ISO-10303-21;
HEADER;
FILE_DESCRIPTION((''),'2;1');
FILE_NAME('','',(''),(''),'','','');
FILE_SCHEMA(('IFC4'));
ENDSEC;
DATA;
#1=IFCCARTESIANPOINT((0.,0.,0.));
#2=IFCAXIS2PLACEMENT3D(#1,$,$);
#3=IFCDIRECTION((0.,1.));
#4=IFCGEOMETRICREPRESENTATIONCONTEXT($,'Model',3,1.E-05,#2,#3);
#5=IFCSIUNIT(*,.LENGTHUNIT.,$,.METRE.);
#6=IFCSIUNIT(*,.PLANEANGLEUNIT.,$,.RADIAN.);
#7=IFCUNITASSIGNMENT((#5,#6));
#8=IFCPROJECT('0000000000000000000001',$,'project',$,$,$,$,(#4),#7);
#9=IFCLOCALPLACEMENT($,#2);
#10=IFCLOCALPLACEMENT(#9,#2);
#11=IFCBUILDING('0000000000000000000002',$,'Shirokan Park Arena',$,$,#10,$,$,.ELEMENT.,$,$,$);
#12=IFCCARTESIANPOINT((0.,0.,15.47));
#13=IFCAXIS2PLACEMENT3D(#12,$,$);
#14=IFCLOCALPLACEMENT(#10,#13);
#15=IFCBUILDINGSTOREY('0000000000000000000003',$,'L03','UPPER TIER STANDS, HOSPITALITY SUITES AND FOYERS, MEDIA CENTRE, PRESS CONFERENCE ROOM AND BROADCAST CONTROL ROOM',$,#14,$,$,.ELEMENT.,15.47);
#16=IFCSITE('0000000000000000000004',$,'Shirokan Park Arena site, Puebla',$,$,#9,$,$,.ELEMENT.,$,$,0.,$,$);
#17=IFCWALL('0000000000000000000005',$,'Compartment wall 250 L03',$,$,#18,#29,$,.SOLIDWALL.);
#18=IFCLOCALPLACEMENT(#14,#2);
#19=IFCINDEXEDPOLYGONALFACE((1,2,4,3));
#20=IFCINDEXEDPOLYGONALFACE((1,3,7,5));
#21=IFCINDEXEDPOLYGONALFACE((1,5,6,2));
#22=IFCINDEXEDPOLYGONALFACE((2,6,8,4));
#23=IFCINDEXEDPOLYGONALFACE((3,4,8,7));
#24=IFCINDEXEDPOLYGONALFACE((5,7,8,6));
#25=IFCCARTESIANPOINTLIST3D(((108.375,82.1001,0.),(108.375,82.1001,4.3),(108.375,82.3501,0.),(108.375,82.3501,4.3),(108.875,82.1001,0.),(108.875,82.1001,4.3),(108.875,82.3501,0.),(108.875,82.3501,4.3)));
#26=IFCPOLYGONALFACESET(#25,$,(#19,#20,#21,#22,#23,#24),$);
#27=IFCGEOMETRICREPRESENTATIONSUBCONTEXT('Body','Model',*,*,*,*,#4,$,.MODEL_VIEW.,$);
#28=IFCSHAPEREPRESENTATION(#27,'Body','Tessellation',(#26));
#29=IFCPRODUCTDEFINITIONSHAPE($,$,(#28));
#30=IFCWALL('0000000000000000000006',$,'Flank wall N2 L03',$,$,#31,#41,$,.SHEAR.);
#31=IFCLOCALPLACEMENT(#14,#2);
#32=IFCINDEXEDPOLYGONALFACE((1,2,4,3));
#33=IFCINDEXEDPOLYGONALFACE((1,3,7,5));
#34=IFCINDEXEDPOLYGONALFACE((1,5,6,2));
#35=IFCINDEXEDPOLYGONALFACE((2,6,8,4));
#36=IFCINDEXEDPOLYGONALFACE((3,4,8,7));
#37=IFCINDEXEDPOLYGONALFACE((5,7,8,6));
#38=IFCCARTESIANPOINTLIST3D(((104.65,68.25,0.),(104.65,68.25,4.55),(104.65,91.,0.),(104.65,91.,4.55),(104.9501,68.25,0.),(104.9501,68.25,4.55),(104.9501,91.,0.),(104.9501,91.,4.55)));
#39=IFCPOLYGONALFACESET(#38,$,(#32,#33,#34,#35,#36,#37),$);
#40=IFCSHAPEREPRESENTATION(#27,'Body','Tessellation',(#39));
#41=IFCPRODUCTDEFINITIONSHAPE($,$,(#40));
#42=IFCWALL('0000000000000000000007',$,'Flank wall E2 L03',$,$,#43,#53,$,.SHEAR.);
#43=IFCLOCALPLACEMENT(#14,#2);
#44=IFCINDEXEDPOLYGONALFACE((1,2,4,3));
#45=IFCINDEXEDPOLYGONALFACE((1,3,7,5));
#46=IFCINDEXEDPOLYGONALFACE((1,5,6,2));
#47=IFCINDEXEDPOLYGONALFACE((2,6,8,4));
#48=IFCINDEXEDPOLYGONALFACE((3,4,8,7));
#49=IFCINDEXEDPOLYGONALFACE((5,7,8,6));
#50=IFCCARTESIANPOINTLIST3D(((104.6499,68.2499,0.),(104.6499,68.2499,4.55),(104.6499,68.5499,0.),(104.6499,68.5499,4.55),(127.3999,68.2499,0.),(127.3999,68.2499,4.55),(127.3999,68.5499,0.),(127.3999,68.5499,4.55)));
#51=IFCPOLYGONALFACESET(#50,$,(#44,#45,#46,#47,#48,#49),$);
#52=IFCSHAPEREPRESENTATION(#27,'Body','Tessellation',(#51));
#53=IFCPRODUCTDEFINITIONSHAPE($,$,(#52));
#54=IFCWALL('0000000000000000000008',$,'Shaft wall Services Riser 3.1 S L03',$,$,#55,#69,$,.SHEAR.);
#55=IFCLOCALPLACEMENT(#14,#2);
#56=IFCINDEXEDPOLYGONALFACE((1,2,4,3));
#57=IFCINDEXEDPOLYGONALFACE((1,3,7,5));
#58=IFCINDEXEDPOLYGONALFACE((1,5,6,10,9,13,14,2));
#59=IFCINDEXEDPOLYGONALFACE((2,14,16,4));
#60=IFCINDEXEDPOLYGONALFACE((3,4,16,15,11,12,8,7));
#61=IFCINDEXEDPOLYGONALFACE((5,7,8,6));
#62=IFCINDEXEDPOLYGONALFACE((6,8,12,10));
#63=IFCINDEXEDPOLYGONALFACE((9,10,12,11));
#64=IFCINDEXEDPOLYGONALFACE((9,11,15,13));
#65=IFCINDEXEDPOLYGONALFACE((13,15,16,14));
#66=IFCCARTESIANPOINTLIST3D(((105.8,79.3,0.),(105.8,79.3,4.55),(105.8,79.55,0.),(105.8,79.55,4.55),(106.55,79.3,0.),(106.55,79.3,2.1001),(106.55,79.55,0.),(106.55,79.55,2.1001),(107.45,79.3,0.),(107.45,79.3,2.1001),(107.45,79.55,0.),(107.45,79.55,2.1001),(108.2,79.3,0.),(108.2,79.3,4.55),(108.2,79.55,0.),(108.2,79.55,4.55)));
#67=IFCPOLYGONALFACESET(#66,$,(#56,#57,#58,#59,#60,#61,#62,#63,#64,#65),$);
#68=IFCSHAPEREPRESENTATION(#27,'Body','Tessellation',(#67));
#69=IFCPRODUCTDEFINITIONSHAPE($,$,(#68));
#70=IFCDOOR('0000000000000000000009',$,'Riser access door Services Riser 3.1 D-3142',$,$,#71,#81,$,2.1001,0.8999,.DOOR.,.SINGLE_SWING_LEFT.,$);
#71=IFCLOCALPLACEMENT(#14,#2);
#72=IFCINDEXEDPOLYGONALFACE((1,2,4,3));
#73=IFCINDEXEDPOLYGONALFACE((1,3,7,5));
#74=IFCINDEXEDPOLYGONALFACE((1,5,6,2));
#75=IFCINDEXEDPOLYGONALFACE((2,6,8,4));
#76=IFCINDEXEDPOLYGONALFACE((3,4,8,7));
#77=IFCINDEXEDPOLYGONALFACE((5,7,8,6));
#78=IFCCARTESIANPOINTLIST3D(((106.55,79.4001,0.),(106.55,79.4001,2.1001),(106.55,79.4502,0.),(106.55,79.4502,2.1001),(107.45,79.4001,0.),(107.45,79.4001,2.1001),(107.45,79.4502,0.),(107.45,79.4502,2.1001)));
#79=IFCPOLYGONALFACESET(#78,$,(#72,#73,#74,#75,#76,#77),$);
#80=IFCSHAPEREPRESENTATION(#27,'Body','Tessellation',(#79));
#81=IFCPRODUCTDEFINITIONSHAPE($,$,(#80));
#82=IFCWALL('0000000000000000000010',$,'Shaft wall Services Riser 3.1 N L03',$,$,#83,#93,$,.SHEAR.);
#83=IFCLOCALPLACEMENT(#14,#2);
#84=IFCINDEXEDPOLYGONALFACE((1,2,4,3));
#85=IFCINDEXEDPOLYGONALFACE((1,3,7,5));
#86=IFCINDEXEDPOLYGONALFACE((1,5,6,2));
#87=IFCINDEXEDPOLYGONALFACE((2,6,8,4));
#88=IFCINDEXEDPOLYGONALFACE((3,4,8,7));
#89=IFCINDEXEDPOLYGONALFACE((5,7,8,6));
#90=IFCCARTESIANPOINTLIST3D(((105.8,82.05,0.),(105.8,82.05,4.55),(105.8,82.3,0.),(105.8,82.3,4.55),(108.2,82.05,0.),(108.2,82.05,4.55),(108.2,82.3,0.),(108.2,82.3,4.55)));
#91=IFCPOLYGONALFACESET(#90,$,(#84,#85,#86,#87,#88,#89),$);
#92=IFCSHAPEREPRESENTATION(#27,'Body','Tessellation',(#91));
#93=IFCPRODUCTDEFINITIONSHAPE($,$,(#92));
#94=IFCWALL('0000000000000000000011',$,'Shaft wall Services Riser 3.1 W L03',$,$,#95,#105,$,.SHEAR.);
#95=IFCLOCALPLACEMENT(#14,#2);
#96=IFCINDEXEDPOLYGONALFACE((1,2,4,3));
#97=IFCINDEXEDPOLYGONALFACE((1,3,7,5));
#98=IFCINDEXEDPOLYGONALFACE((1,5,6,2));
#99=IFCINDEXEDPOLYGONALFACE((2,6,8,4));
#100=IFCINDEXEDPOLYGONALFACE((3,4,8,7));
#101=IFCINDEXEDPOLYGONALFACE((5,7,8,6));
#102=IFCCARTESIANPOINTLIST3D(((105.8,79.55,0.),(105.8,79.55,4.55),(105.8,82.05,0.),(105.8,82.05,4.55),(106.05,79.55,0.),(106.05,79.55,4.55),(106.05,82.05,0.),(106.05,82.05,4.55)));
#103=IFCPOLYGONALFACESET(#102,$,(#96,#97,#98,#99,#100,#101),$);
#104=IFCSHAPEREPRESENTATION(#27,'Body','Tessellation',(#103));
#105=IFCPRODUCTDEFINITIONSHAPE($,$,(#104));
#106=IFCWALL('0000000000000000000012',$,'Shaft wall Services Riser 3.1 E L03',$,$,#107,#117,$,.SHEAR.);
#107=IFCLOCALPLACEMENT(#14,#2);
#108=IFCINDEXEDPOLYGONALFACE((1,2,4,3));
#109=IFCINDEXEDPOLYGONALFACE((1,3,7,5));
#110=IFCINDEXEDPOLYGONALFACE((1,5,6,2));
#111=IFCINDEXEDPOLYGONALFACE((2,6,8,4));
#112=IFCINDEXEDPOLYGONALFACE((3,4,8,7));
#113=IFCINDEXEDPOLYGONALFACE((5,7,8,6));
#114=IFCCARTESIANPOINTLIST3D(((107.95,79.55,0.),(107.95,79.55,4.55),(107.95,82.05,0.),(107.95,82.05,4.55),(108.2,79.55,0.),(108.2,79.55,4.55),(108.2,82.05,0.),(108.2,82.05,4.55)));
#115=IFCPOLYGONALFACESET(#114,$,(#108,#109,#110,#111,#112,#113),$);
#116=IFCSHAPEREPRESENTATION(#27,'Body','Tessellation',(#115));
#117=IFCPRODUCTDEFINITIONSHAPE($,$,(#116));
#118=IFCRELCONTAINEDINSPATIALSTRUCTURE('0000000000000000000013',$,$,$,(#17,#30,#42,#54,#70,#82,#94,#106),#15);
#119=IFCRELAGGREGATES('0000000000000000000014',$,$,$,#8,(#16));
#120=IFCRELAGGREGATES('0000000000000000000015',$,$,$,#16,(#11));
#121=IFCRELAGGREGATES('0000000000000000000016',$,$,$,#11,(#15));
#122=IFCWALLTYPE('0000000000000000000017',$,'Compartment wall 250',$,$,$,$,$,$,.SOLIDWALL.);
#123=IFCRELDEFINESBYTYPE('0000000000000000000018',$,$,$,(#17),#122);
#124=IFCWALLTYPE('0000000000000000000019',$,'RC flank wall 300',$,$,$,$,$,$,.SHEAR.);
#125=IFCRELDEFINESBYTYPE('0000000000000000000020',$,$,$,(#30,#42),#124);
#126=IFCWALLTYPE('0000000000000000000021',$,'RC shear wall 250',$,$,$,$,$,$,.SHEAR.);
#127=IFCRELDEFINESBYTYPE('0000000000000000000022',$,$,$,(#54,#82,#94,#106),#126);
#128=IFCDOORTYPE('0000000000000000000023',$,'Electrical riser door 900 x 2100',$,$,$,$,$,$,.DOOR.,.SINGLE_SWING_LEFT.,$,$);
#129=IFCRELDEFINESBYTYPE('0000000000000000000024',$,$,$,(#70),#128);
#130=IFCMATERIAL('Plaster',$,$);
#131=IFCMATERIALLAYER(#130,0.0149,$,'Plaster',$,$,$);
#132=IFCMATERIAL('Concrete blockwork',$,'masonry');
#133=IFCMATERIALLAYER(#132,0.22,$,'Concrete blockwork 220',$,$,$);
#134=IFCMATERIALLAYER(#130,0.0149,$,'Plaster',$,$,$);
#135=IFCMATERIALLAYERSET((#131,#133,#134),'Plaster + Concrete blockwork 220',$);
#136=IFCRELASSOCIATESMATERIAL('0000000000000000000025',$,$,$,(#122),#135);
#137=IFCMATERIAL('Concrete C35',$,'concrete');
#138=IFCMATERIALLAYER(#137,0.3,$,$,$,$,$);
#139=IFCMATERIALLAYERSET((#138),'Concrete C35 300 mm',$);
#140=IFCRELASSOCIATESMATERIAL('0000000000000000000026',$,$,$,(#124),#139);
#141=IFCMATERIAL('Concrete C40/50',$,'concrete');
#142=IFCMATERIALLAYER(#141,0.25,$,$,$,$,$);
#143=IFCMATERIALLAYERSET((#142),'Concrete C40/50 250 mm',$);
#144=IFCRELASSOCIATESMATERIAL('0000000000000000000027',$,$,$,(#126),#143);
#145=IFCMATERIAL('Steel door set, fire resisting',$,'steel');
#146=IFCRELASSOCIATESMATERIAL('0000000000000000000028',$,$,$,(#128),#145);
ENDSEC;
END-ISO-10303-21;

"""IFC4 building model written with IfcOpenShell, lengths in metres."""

from ifc_helpers import new_model, si_unit, direction, frame, frame_2d, origin, place, context, subcontext, project, spatial, rectangle, extrude, material, layer, layer_set, type_object, element, fill, save


model = new_model("IFC4")

# Units and contexts
model_context = context("Model", 3, precision=1e-05, world=origin(), true_north=direction((0.0, 1.0)))
body_context = subcontext(model_context, "Body", "Model", "MODEL_VIEW")
ifc_project = project(units=[si_unit("LENGTHUNIT", "METRE"), si_unit("PLANEANGLEUNIT", "RADIAN")], contexts=[model_context])

# Site, building, storey
site_placement = place(None, origin())
site = spatial("IfcSite", under=ifc_project, at=site_placement, Name="Shirokan Park Arena site, Puebla", CompositionType="ELEMENT", RefElevation=0.0)
building_placement = place(site_placement, origin())
building = spatial("IfcBuilding", under=site, at=building_placement, Name="Shirokan Park Arena", CompositionType="ELEMENT")
storey_placement = place(building_placement, frame((0.0, 0.0, 15.47)))
storey = spatial("IfcBuildingStorey", under=building, at=storey_placement, Name="L03", Description="UPPER TIER STANDS, HOSPITALITY SUITES AND FOYERS, MEDIA CENTRE, PRESS CONFERENCE ROOM AND BROADCAST CONTROL ROOM", CompositionType="ELEMENT", Elevation=15.47)

# Shared definitions
ifc_material_1 = material(Name="Concrete C35", Category="concrete")

# Walls
ifc_material_2 = material(Name="Plaster")
ifc_layer_1 = layer(ifc_material_2, 0.0149, Name="Plaster")
ifc_material_3 = material(Name="Concrete blockwork", Category="masonry")
ifc_layer_2 = layer(ifc_material_3, 0.22, Name="Concrete blockwork 220")
ifc_layer_3 = layer(ifc_material_2, 0.0149, Name="Plaster")
ifc_layer_set_1 = layer_set([ifc_layer_1, ifc_layer_2, ifc_layer_3], Name="Plaster + Concrete blockwork 220")
wall_type_1 = type_object("IfcWallType", Name="Compartment wall 250", PredefinedType="SOLIDWALL", material=ifc_layer_set_1)
wall_1_placement = place(storey_placement, frame((108.875, 82.2251, 0.0), z_axis=(0.0, 0.0, 1.0), x_axis=(-1.0, 0.0, 0.0)))
element("IfcWall", 1, at=wall_1_placement, inside=storey, type_object=wall_type_1, Name="Compartment wall 250 L03", PredefinedType="SOLIDWALL", context=body_context, shape_type="SweptSolid", body=[
    extrude(rectangle(XDim=0.5, YDim=0.25, at=frame_2d((0.25, 0.0))), origin(), (0.0, 0.0, 1.0), 4.3),
])
ifc_layer_4 = layer(ifc_material_1, 0.3)
ifc_layer_set_2 = layer_set([ifc_layer_4], Name="Concrete C35 300 mm")
wall_type_2 = type_object("IfcWallType", Name="RC flank wall 300", PredefinedType="SHEAR", material=ifc_layer_set_2)
for number, where, z_axis, x_axis, name in (
    (2, (104.8, 68.25, 0.0), (0.0, 0.0, 1.0), (0.0, 1.0, 0.0), "Flank wall N2 L03"),
    (3, (104.6499, 68.3999, 0.0), (0.0, 0.0, 1.0), (1.0, 0.0, 0.0), "Flank wall E2 L03"),
):
    element("IfcWall", number, at=place(storey_placement, frame(where, z_axis=z_axis, x_axis=x_axis)), inside=storey, type_object=wall_type_2, Name=name, PredefinedType="SHEAR", context=body_context, shape_type="SweptSolid", body=[
        extrude(rectangle(XDim=22.75, YDim=0.3, at=frame_2d((11.375, 0.0))), origin(), (0.0, 0.0, 1.0), 4.55),
    ])

# Wall, opening, door
ifc_material_4 = material(Name="Concrete C40/50", Category="concrete")
ifc_layer_5 = layer(ifc_material_4, 0.25)
ifc_layer_set_3 = layer_set([ifc_layer_5], Name="Concrete C40/50 250 mm")
wall_type_3 = type_object("IfcWallType", Name="RC shear wall 250", PredefinedType="SHEAR", material=ifc_layer_set_3)
wall_2_placement = place(storey_placement, frame((108.2, 79.425, 0.0), z_axis=(0.0, 0.0, 1.0), x_axis=(-1.0, 0.0, 0.0)))
wall_2 = element("IfcWall", 4, at=wall_2_placement, inside=storey, type_object=wall_type_3, Name="Shaft wall Services Riser 3.1 S L03", PredefinedType="SHEAR", context=body_context, shape_type="SweptSolid", body=[
    extrude(rectangle(XDim=2.3999, YDim=0.25, at=frame_2d((1.2, 0.0))), origin(), (0.0, 0.0, 1.0), 4.55),
])
opening_placement = place(wall_2_placement, frame((0.75, 0.0, 0.0)))
opening = element("IfcOpeningElement", 5, at=opening_placement, cuts=wall_2, PredefinedType="OPENING", context=body_context, shape_type="SweptSolid", body=[
    extrude(rectangle(XDim=0.8999, YDim=2.1001, at=frame_2d((0.45, 1.05))), frame((0.0, 0.135, 0.0), z_axis=(0.0, -1.0, 0.0), x_axis=(1.0, 0.0, 0.0)), (0.0, 0.0, 1.0), 0.27),
])
ifc_material_5 = material(Name="Steel door set, fire resisting", Category="steel")
door_type = type_object("IfcDoorType", Name="Electrical riser door 900 x 2100", OperationType="SINGLE_SWING_LEFT", PredefinedType="DOOR", material=ifc_material_5)
door_placement = place(opening_placement, origin())
door = element("IfcDoor", 6, at=door_placement, inside=storey, type_object=door_type, Name="Riser access door Services Riser 3.1 D-3142", OperationType="SINGLE_SWING_LEFT", OverallHeight=2.1001, OverallWidth=0.8999, PredefinedType="DOOR", context=body_context, shape_type="SweptSolid", body=[
    extrude(rectangle(XDim=0.8999, YDim=2.1001, at=frame_2d((0.45, 1.05))), frame((0.0, 0.0249, 0.0), z_axis=(0.0, -1.0, 0.0), x_axis=(1.0, 0.0, 0.0)), (0.0, 0.0, 1.0), 0.05),
])
fill(opening, door)

# Walls
wall_3_placement = place(storey_placement, frame((108.2, 82.175, 0.0), z_axis=(0.0, 0.0, 1.0), x_axis=(-1.0, 0.0, 0.0)))
element("IfcWall", 7, at=wall_3_placement, inside=storey, type_object=wall_type_3, Name="Shaft wall Services Riser 3.1 N L03", PredefinedType="SHEAR", context=body_context, shape_type="SweptSolid", body=[
    extrude(rectangle(XDim=2.3999, YDim=0.25, at=frame_2d((1.2, 0.0))), origin(), (0.0, 0.0, 1.0), 4.55),
])
for number, where, z_axis, x_axis, name in (
    (8, (105.925, 82.05, 0.0), (0.0, 0.0, 1.0), (0.0, -1.0, 0.0), "Shaft wall Services Riser 3.1 W L03"),
    (9, (108.075, 82.05, 0.0), (0.0, 0.0, 1.0), (0.0, -1.0, 0.0), "Shaft wall Services Riser 3.1 E L03"),
):
    element("IfcWall", number, at=place(storey_placement, frame(where, z_axis=z_axis, x_axis=x_axis)), inside=storey, type_object=wall_type_3, Name=name, PredefinedType="SHEAR", context=body_context, shape_type="SweptSolid", body=[
        extrude(rectangle(XDim=2.5, YDim=0.25, at=frame_2d((1.25, 0.0))), origin(), (0.0, 0.0, 1.0), 4.55),
    ])

save(model, "model.ifc")
